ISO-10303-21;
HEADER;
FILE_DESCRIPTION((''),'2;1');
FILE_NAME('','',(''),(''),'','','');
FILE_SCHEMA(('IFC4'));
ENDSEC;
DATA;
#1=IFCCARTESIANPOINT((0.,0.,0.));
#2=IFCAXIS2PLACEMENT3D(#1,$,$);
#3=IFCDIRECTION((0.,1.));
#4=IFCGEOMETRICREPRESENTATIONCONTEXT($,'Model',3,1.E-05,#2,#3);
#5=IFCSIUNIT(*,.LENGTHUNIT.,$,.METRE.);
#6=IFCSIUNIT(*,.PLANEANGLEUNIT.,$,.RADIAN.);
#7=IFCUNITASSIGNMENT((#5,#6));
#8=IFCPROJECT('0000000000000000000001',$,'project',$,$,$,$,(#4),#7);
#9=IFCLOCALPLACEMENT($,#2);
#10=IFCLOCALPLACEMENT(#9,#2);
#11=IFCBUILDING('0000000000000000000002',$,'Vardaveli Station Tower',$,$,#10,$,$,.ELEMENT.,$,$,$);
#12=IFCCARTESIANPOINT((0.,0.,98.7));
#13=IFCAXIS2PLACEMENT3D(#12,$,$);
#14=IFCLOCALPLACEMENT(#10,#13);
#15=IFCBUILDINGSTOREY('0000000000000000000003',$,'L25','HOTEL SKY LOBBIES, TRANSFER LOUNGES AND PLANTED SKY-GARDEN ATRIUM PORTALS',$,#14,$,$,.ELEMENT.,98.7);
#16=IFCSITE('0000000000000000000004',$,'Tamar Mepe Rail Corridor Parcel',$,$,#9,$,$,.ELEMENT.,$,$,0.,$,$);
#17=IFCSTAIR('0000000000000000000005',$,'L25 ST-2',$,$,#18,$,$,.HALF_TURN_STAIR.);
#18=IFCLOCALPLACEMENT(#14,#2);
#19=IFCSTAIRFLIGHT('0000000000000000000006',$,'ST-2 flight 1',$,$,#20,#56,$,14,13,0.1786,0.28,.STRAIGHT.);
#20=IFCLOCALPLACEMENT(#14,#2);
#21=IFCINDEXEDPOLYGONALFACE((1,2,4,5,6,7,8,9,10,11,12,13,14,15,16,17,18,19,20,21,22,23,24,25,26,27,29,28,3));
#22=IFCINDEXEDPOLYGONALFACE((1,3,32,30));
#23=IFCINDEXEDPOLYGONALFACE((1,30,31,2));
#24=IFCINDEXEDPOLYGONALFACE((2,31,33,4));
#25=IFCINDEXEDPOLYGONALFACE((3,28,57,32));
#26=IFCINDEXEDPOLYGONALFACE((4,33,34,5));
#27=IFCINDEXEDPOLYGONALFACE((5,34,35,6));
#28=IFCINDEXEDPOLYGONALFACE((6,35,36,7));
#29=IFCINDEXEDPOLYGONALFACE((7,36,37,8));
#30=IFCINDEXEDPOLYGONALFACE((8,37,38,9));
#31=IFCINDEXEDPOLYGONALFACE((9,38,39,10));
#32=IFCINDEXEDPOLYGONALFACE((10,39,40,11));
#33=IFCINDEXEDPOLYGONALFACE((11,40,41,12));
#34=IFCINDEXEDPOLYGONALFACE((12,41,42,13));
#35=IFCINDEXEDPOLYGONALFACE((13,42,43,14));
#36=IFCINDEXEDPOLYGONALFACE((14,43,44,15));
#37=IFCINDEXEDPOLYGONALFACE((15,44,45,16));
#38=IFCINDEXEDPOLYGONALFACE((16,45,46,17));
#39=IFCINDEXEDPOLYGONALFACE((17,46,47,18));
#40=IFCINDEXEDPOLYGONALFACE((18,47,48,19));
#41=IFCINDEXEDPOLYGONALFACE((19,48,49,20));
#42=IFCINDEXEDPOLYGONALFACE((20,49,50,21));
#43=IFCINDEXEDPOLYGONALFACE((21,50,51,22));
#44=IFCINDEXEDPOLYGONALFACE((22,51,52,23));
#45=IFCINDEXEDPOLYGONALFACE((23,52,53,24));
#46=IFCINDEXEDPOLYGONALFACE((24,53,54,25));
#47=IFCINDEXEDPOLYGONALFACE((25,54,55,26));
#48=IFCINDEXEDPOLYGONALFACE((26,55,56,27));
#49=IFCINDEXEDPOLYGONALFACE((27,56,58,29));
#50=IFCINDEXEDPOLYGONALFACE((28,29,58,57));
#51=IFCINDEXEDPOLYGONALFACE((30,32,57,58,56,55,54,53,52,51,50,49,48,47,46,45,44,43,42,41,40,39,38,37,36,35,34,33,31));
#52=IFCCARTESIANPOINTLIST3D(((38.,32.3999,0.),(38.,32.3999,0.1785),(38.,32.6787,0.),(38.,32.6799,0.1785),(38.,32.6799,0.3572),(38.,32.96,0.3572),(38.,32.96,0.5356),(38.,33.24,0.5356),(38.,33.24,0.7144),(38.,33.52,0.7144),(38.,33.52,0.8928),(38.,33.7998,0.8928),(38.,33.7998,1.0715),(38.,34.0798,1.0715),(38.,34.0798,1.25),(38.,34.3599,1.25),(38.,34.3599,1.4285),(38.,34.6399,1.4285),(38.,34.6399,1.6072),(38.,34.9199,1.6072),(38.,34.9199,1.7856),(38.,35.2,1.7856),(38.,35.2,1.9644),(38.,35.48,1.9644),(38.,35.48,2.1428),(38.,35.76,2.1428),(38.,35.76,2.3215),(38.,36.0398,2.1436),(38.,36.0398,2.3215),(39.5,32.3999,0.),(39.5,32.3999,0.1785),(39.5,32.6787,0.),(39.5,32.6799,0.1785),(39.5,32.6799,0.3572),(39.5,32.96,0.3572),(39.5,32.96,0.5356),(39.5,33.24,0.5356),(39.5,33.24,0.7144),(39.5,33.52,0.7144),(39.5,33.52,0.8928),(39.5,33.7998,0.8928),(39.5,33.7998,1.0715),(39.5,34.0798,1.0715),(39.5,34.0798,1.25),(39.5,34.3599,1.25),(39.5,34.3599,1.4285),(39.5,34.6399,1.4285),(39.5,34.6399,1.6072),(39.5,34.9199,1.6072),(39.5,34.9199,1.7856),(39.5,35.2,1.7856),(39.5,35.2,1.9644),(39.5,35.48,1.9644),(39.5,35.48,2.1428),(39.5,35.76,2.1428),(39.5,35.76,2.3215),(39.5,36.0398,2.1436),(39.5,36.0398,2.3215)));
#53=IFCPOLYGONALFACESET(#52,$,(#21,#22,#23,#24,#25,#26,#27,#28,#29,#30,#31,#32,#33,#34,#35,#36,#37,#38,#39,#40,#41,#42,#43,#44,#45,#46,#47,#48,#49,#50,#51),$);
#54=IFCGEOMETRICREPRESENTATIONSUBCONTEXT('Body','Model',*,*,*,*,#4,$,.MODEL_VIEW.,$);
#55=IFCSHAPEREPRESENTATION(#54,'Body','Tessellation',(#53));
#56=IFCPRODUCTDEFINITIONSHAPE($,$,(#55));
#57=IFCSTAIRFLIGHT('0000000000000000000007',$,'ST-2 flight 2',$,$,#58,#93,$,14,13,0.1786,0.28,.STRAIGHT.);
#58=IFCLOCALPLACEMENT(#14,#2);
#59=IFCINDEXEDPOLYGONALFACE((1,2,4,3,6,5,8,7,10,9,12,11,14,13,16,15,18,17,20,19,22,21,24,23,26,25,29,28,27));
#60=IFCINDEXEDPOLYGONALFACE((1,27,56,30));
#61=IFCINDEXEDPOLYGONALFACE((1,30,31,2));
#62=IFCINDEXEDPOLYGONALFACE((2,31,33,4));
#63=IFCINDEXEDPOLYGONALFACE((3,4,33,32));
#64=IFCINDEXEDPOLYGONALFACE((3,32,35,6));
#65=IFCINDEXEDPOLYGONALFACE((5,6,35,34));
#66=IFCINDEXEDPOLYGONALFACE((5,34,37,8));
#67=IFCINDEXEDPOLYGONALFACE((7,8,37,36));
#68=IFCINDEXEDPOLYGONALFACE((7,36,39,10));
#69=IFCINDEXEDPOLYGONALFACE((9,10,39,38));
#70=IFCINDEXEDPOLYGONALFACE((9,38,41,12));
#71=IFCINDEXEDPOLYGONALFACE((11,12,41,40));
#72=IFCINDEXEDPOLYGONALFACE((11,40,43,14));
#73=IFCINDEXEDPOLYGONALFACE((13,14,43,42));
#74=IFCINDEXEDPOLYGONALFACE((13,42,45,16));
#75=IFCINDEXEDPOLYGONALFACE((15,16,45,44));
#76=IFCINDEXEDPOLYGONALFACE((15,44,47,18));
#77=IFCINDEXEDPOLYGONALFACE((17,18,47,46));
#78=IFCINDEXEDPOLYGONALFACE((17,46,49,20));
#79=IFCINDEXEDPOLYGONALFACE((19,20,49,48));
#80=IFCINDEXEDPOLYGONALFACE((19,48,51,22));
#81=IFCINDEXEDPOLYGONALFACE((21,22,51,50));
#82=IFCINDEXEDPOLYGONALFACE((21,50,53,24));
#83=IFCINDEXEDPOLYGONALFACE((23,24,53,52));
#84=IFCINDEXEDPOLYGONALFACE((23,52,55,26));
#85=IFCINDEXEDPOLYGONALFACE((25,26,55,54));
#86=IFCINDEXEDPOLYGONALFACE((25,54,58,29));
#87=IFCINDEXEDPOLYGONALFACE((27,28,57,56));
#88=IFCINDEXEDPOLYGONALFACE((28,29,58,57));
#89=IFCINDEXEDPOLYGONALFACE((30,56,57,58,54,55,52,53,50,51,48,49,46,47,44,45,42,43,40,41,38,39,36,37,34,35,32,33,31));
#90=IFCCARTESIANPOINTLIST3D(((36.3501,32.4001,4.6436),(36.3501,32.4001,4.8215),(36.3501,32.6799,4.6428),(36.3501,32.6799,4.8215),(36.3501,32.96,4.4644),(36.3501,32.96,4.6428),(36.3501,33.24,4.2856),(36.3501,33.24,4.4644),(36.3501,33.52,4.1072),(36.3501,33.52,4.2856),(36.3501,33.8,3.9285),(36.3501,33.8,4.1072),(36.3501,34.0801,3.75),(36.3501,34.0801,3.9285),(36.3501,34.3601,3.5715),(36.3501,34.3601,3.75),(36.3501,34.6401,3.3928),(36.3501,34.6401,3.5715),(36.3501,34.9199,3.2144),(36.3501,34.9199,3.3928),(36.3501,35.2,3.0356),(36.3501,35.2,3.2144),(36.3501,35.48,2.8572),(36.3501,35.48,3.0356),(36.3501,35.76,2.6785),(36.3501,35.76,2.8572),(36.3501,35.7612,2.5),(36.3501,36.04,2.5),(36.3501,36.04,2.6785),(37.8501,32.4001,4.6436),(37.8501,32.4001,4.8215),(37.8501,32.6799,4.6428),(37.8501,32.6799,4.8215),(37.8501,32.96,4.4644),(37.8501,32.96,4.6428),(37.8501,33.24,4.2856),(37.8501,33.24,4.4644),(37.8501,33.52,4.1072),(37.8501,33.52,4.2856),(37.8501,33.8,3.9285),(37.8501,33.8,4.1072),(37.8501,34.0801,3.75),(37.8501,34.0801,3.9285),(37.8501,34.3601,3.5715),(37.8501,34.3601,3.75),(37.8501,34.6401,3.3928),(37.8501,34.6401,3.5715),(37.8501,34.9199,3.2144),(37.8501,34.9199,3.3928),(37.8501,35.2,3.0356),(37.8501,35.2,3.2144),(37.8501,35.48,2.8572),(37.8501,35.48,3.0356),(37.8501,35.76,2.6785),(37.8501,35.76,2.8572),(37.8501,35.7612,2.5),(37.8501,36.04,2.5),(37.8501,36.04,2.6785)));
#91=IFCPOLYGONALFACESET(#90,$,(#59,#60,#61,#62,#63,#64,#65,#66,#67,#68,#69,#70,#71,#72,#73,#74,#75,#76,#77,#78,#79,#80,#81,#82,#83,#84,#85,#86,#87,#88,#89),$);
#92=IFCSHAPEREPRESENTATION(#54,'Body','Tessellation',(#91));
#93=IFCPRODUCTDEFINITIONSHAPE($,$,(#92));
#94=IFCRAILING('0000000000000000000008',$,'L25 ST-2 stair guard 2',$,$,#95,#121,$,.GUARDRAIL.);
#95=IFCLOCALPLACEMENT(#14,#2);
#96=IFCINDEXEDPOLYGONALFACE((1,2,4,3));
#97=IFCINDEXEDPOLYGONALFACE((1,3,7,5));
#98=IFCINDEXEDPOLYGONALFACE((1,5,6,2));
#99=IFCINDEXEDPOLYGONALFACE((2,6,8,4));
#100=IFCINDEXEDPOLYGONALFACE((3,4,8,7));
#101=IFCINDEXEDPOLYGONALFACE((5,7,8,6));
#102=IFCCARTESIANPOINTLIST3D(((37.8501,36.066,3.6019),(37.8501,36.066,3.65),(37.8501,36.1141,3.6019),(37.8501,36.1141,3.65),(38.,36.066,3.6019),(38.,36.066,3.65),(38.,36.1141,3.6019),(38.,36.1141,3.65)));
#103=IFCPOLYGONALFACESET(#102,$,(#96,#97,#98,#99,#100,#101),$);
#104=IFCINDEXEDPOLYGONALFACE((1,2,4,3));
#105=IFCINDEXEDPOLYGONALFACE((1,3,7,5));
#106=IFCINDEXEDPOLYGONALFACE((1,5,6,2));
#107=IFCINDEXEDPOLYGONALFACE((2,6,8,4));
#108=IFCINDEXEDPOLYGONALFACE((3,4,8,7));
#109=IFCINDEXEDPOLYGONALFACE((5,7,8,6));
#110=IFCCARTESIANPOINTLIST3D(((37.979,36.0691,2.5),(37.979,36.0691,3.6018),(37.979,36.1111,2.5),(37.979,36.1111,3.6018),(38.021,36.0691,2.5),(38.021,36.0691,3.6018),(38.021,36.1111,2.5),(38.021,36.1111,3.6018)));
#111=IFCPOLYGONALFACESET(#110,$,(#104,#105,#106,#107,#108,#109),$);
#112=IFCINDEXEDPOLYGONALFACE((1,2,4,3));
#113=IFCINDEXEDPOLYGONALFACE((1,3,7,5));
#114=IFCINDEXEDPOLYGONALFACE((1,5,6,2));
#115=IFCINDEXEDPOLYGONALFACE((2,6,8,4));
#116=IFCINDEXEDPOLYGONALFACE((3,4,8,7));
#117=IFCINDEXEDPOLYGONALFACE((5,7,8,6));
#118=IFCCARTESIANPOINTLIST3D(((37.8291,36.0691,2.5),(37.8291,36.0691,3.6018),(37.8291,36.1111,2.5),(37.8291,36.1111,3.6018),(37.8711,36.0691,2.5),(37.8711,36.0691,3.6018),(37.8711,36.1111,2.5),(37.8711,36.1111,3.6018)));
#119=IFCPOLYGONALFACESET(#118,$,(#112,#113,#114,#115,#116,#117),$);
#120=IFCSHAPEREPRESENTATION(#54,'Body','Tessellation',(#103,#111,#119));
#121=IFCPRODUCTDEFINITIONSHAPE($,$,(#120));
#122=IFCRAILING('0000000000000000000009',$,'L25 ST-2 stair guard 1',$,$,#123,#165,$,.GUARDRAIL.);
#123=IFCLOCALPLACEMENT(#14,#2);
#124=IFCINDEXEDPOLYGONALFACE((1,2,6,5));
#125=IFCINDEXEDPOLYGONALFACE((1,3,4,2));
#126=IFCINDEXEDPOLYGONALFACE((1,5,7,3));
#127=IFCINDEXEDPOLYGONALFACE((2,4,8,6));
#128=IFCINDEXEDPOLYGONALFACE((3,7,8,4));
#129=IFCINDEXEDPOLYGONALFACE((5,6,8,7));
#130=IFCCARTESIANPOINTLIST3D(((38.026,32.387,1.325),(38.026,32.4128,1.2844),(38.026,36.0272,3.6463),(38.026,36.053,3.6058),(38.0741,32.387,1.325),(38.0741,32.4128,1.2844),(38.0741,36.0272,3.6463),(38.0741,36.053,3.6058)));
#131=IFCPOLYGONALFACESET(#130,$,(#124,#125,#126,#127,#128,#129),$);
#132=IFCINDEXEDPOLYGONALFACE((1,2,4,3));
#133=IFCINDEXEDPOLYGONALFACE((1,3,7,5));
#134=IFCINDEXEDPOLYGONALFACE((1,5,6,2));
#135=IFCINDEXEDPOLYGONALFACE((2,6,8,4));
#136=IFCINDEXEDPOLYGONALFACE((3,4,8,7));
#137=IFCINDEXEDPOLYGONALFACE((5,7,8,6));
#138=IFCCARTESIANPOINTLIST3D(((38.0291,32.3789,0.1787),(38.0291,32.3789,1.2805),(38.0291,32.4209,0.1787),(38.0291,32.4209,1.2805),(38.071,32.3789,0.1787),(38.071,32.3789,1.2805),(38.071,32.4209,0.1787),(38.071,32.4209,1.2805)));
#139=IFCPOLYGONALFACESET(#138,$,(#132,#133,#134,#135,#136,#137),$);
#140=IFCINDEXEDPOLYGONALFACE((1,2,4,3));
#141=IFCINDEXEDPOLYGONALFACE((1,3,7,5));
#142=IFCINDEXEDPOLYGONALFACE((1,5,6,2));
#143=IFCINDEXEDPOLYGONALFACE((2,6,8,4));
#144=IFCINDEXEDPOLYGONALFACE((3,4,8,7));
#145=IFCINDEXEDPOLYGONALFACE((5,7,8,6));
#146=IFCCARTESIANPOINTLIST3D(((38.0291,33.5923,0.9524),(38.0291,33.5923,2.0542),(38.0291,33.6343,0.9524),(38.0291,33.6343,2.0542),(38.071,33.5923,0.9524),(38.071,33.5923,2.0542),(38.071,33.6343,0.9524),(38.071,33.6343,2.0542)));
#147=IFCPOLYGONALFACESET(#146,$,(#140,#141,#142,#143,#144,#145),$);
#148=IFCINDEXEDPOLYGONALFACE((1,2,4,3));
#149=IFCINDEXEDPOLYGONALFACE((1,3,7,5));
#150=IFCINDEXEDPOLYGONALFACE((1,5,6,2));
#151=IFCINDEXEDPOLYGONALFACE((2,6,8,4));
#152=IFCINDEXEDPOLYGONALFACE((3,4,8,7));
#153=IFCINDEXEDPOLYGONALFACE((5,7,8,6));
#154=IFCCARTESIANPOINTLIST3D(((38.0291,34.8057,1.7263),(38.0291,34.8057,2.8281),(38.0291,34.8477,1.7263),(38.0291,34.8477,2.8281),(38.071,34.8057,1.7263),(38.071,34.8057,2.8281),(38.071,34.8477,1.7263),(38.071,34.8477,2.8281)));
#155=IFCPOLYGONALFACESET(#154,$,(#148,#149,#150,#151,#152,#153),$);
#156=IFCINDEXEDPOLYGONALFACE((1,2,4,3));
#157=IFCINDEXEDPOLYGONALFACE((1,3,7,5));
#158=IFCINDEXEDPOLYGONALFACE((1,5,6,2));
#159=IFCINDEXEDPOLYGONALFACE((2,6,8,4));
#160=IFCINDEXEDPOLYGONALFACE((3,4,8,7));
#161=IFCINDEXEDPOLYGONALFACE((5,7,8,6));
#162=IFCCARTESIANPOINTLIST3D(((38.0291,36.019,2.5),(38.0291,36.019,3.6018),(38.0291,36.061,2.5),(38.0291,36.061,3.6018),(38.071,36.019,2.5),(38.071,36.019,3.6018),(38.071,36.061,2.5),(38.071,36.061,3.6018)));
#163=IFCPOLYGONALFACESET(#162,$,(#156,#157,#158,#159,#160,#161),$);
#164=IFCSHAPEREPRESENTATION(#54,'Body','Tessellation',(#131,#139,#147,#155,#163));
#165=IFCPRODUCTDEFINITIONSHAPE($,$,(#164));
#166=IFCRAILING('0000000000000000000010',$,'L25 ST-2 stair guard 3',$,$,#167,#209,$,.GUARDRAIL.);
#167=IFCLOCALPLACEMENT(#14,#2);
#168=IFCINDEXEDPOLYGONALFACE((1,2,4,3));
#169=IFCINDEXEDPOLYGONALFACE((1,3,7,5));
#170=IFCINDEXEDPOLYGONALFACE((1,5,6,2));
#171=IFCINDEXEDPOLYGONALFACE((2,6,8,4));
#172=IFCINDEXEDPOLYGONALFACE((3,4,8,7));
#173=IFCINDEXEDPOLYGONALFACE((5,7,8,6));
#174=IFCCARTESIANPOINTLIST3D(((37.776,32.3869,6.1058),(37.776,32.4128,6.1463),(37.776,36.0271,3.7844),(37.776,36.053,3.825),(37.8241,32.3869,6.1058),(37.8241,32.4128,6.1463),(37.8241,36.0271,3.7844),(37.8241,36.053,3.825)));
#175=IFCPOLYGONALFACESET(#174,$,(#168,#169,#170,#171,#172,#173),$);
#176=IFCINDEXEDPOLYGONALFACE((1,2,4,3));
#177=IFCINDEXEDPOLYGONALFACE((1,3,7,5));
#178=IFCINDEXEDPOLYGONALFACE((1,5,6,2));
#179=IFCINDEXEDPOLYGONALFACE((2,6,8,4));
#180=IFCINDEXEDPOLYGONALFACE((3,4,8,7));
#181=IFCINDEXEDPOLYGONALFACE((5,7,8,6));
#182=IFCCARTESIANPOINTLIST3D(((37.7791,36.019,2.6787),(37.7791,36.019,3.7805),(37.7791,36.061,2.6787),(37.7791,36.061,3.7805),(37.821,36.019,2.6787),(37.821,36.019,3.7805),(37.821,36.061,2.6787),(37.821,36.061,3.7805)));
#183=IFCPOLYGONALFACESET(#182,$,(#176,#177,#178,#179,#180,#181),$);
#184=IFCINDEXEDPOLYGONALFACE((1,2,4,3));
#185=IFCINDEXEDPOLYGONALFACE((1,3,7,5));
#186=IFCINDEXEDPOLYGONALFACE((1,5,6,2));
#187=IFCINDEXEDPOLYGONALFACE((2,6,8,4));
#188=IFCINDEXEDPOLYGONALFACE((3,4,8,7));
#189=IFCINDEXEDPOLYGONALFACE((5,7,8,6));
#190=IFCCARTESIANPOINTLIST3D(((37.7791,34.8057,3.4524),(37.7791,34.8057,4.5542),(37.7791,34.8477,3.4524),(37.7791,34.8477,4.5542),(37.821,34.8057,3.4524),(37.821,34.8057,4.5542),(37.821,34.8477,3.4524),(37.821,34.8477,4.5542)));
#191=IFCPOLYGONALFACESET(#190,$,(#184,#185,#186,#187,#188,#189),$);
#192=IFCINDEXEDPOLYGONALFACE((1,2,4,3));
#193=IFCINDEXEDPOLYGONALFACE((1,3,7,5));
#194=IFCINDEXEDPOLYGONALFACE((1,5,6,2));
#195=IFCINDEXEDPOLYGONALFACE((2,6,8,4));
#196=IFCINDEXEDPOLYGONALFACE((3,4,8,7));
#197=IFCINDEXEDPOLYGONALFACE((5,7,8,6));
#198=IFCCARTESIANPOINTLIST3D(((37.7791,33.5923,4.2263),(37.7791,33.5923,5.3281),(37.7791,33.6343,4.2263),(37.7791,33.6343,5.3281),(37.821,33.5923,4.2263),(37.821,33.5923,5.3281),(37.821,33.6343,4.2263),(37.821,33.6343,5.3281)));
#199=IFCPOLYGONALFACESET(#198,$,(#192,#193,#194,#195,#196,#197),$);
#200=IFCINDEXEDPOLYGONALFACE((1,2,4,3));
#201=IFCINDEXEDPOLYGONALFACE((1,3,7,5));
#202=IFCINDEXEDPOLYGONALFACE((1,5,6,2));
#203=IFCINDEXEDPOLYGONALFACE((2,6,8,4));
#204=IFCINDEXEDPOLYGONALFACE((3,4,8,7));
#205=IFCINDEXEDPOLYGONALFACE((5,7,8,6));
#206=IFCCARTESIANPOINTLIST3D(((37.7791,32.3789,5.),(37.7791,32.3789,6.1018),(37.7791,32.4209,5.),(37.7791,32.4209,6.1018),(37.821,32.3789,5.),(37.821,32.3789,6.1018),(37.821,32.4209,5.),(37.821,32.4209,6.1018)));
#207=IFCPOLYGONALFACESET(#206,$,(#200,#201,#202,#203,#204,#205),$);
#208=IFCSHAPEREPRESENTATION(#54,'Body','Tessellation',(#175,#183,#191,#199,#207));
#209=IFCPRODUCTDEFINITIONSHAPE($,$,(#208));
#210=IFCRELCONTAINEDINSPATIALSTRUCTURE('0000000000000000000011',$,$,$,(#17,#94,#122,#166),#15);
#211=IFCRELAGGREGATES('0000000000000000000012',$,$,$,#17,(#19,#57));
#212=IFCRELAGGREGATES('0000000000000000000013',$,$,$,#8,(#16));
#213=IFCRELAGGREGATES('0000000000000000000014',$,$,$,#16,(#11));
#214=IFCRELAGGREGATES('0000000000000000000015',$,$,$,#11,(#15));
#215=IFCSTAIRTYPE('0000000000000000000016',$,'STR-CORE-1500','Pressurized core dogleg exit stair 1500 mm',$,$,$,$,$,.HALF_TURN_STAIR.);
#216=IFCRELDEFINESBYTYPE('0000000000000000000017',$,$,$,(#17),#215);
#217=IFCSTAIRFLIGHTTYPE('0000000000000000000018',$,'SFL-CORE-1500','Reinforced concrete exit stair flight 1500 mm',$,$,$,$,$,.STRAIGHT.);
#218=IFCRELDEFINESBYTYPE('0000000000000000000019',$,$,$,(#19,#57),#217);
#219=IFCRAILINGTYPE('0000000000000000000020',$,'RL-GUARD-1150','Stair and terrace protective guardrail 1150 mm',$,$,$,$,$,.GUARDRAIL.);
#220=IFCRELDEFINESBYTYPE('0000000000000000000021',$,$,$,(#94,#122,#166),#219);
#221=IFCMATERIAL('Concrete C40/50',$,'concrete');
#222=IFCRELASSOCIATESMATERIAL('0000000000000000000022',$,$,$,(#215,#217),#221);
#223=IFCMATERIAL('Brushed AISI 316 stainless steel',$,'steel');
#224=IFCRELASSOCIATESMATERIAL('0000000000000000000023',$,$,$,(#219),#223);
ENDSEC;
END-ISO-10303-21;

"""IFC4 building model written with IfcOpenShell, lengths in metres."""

from ifc_helpers import new_model, si_unit, direction, frame, origin, origin_2d, place, context, subcontext, project, spatial, polyline, rectangle, outline, extrude, source, transform, mapped, material, type_object, element, aggregate, save


model = new_model("IFC4")

# Units and contexts
model_context = context("Model", 3, precision=1e-05, world=origin(), true_north=direction((0.0, 1.0)))
body_context = subcontext(model_context, "Body", "Model", "MODEL_VIEW")
ifc_project = project(units=[si_unit("LENGTHUNIT", "METRE"), si_unit("PLANEANGLEUNIT", "RADIAN")], contexts=[model_context])

# Site, building, storey
site_placement = place(None, origin())
site = spatial("IfcSite", under=ifc_project, at=site_placement, Name="Tamar Mepe Rail Corridor Parcel", CompositionType="ELEMENT", RefElevation=0.0)
building_placement = place(site_placement, origin())
building = spatial("IfcBuilding", under=site, at=building_placement, Name="Vardaveli Station Tower", CompositionType="ELEMENT")
storey_placement = place(building_placement, frame((0.0, 0.0, 98.7)))
storey = spatial("IfcBuildingStorey", under=building, at=storey_placement, Name="L25", Description="HOTEL SKY LOBBIES, TRANSFER LOUNGES AND PLANTED SKY-GARDEN ATRIUM PORTALS", CompositionType="ELEMENT", Elevation=98.7)

# Shared definitions
ifc_material_1 = material(Name="Concrete C40/50", Category="concrete")

# Stair, stair flights
stair_type = type_object("IfcStairType", Name="STR-CORE-1500", Description="Pressurized core dogleg exit stair 1500 mm", PredefinedType="HALF_TURN_STAIR", material=ifc_material_1)
stair_placement = place(storey_placement, origin())
stair = element("IfcStair", 1, at=stair_placement, inside=storey, type_object=stair_type, Name="L25 ST-2", PredefinedType="HALF_TURN_STAIR")
stair_flight_type = type_object("IfcStairFlightType", Name="SFL-CORE-1500", Description="Reinforced concrete exit stair flight 1500 mm", PredefinedType="STRAIGHT", material=ifc_material_1)
shared_shape_1 = source(origin(), body_context, "Body", "SweptSolid", [
    extrude(outline(polyline([(0.0, 0.0), (0.0, 0.1785), (0.28, 0.1785), (0.28, 0.3572), (0.5601, 0.3572), (0.5601, 0.5356), (0.8401, 0.5356), (0.8401, 0.7144), (1.1201, 0.7144), (1.1201, 0.8928), (1.3999, 0.8928), (1.3999, 1.0715), (1.6799, 1.0715), (1.6799, 1.25), (1.96, 1.25), (1.96, 1.4285), (2.24, 1.4285), (2.24, 1.6072), (2.52, 1.6072), (2.52, 1.7856), (2.8, 1.7856), (2.8, 1.9644), (3.0801, 1.9644), (3.0801, 2.1428), (3.3601, 2.1428), (3.3601, 2.3215), (3.6399, 2.3215), (3.6399, 2.5), (3.6399, 2.1436), (0.2788, 0.0), (0.0, 0.0)])), frame((0.0, 0.75, 0.0), z_axis=(0.0, -1.0, 0.0), x_axis=(1.0, 0.0, 0.0)), (0.0, 0.0, 1.0), 1.5),
])
stair_flight_1_placement = place(storey_placement, frame((38.75, 32.3999, 0.0), z_axis=(0.0, 0.0, 1.0), x_axis=(0.0, 1.0, 0.0)))
stair_flight_1 = element("IfcStairFlight", 2, at=stair_flight_1_placement, type_object=stair_flight_type, Name="ST-2 flight 1", NumberOfRisers=14, NumberOfTreads=13, PredefinedType="STRAIGHT", RiserHeight=0.1786, TreadLength=0.28, context=body_context, shape_type="MappedRepresentation", body=[
    mapped(shared_shape_1, transform((0.0, 0.0, 0.0), scale=1.0)),
])
stair_flight_2_placement = place(storey_placement, frame((37.1001, 36.04, 2.5), z_axis=(0.0, 0.0, 1.0), x_axis=(0.0, -1.0, 0.0)))
stair_flight_2 = element("IfcStairFlight", 3, at=stair_flight_2_placement, type_object=stair_flight_type, Name="ST-2 flight 2", NumberOfRisers=14, NumberOfTreads=13, PredefinedType="STRAIGHT", RiserHeight=0.1786, TreadLength=0.28, context=body_context, shape_type="MappedRepresentation", body=[
    mapped(shared_shape_1, transform((0.0, 0.0, 0.0), scale=1.0)),
])
aggregate(stair, [stair_flight_1, stair_flight_2])

# Railings
ifc_material_2 = material(Name="Brushed AISI 316 stainless steel", Category="steel")
railing_type_1 = type_object("IfcRailingType", Name="RL-GUARD-1150", Description="Stair and terrace protective guardrail 1150 mm", PredefinedType="GUARDRAIL", material=ifc_material_2)
shared_shape_2 = source(origin(), body_context, "Body", "SweptSolid", [
    extrude(rectangle(XDim=0.0481, YDim=0.0481, at=origin_2d()), frame((0.0, 0.0, 1.126), z_axis=(-1.0, 0.0, 0.0), x_axis=(0.0, -1.0, 0.0)), (0.0, 0.0, 1.0), 0.1499),
    extrude(rectangle(XDim=0.042, YDim=0.042, at=origin_2d()), origin(), (0.0, 0.0, 1.0), 1.1018),
    extrude(rectangle(XDim=0.042, YDim=0.042, at=origin_2d()), frame((-0.1499, 0.0, 0.0)), (0.0, 0.0, 1.0), 1.1018),
])
railing_1_placement = place(storey_placement, frame((38.0, 36.0901, 2.5)))
element("IfcRailing", 4, at=railing_1_placement, inside=storey, type_object=railing_type_1, Name="L25 ST-2 stair guard 2", PredefinedType="GUARDRAIL", context=body_context, shape_type="MappedRepresentation", body=[
    mapped(shared_shape_2, transform((0.0, 0.0, 0.0), scale=1.0)),
])
shared_shape_3 = source(origin(), body_context, "Body", "SweptSolid", [
    extrude(rectangle(XDim=0.0481, YDim=0.0481, at=origin_2d()), frame((0.0, 0.0, 1.126), z_axis=(0.0, 0.843153, 0.537673), x_axis=(-1.0, 0.0, 0.0)), (0.0, 0.0, 1.0), 4.3174),
    extrude(rectangle(XDim=0.042, YDim=0.042, at=origin_2d()), origin(), (0.0, 0.0, 1.0), 1.1018),
    extrude(rectangle(XDim=0.042, YDim=0.042, at=origin_2d()), frame((0.0, 1.2134, 0.7737)), (0.0, 0.0, 1.0), 1.1018),
    extrude(rectangle(XDim=0.042, YDim=0.042, at=origin_2d()), frame((0.0, 2.4268, 1.5476)), (0.0, 0.0, 1.0), 1.1018),
    extrude(rectangle(XDim=0.042, YDim=0.042, at=origin_2d()), frame((0.0, 3.6401, 2.3213)), (0.0, 0.0, 1.0), 1.1018),
])
railing_2_placement = place(storey_placement, frame((38.05, 32.3999, 0.1787)))
element("IfcRailing", 5, at=railing_2_placement, inside=storey, type_object=railing_type_1, Name="L25 ST-2 stair guard 1", PredefinedType="GUARDRAIL", context=body_context, shape_type="MappedRepresentation", body=[
    mapped(shared_shape_3, transform((0.0, 0.0, 0.0), scale=1.0)),
])
shared_shape_4 = source(origin(), body_context, "Body", "SweptSolid", [
    extrude(rectangle(XDim=0.0481, YDim=0.0481, at=origin_2d()), frame((0.0, 0.0, 1.126), z_axis=(0.0, -0.843153, 0.537673), x_axis=(1.0, 0.0, 0.0)), (0.0, 0.0, 1.0), 4.3174),
    extrude(rectangle(XDim=0.042, YDim=0.042, at=origin_2d()), origin(), (0.0, 0.0, 1.0), 1.1018),
    extrude(rectangle(XDim=0.042, YDim=0.042, at=origin_2d()), frame((0.0, -1.2134, 0.7737)), (0.0, 0.0, 1.0), 1.1018),
    extrude(rectangle(XDim=0.042, YDim=0.042, at=origin_2d()), frame((0.0, -2.4268, 1.5476)), (0.0, 0.0, 1.0), 1.1018),
    extrude(rectangle(XDim=0.042, YDim=0.042, at=origin_2d()), frame((0.0, -3.6401, 2.3213)), (0.0, 0.0, 1.0), 1.1018),
])
railing_3_placement = place(storey_placement, frame((37.8, 36.04, 2.6787)))
element("IfcRailing", 6, at=railing_3_placement, inside=storey, type_object=railing_type_1, Name="L25 ST-2 stair guard 3", PredefinedType="GUARDRAIL", context=body_context, shape_type="MappedRepresentation", body=[
    mapped(shared_shape_4, transform((0.0, 0.0, 0.0), scale=1.0)),
])

save(model, "model.ifc")
